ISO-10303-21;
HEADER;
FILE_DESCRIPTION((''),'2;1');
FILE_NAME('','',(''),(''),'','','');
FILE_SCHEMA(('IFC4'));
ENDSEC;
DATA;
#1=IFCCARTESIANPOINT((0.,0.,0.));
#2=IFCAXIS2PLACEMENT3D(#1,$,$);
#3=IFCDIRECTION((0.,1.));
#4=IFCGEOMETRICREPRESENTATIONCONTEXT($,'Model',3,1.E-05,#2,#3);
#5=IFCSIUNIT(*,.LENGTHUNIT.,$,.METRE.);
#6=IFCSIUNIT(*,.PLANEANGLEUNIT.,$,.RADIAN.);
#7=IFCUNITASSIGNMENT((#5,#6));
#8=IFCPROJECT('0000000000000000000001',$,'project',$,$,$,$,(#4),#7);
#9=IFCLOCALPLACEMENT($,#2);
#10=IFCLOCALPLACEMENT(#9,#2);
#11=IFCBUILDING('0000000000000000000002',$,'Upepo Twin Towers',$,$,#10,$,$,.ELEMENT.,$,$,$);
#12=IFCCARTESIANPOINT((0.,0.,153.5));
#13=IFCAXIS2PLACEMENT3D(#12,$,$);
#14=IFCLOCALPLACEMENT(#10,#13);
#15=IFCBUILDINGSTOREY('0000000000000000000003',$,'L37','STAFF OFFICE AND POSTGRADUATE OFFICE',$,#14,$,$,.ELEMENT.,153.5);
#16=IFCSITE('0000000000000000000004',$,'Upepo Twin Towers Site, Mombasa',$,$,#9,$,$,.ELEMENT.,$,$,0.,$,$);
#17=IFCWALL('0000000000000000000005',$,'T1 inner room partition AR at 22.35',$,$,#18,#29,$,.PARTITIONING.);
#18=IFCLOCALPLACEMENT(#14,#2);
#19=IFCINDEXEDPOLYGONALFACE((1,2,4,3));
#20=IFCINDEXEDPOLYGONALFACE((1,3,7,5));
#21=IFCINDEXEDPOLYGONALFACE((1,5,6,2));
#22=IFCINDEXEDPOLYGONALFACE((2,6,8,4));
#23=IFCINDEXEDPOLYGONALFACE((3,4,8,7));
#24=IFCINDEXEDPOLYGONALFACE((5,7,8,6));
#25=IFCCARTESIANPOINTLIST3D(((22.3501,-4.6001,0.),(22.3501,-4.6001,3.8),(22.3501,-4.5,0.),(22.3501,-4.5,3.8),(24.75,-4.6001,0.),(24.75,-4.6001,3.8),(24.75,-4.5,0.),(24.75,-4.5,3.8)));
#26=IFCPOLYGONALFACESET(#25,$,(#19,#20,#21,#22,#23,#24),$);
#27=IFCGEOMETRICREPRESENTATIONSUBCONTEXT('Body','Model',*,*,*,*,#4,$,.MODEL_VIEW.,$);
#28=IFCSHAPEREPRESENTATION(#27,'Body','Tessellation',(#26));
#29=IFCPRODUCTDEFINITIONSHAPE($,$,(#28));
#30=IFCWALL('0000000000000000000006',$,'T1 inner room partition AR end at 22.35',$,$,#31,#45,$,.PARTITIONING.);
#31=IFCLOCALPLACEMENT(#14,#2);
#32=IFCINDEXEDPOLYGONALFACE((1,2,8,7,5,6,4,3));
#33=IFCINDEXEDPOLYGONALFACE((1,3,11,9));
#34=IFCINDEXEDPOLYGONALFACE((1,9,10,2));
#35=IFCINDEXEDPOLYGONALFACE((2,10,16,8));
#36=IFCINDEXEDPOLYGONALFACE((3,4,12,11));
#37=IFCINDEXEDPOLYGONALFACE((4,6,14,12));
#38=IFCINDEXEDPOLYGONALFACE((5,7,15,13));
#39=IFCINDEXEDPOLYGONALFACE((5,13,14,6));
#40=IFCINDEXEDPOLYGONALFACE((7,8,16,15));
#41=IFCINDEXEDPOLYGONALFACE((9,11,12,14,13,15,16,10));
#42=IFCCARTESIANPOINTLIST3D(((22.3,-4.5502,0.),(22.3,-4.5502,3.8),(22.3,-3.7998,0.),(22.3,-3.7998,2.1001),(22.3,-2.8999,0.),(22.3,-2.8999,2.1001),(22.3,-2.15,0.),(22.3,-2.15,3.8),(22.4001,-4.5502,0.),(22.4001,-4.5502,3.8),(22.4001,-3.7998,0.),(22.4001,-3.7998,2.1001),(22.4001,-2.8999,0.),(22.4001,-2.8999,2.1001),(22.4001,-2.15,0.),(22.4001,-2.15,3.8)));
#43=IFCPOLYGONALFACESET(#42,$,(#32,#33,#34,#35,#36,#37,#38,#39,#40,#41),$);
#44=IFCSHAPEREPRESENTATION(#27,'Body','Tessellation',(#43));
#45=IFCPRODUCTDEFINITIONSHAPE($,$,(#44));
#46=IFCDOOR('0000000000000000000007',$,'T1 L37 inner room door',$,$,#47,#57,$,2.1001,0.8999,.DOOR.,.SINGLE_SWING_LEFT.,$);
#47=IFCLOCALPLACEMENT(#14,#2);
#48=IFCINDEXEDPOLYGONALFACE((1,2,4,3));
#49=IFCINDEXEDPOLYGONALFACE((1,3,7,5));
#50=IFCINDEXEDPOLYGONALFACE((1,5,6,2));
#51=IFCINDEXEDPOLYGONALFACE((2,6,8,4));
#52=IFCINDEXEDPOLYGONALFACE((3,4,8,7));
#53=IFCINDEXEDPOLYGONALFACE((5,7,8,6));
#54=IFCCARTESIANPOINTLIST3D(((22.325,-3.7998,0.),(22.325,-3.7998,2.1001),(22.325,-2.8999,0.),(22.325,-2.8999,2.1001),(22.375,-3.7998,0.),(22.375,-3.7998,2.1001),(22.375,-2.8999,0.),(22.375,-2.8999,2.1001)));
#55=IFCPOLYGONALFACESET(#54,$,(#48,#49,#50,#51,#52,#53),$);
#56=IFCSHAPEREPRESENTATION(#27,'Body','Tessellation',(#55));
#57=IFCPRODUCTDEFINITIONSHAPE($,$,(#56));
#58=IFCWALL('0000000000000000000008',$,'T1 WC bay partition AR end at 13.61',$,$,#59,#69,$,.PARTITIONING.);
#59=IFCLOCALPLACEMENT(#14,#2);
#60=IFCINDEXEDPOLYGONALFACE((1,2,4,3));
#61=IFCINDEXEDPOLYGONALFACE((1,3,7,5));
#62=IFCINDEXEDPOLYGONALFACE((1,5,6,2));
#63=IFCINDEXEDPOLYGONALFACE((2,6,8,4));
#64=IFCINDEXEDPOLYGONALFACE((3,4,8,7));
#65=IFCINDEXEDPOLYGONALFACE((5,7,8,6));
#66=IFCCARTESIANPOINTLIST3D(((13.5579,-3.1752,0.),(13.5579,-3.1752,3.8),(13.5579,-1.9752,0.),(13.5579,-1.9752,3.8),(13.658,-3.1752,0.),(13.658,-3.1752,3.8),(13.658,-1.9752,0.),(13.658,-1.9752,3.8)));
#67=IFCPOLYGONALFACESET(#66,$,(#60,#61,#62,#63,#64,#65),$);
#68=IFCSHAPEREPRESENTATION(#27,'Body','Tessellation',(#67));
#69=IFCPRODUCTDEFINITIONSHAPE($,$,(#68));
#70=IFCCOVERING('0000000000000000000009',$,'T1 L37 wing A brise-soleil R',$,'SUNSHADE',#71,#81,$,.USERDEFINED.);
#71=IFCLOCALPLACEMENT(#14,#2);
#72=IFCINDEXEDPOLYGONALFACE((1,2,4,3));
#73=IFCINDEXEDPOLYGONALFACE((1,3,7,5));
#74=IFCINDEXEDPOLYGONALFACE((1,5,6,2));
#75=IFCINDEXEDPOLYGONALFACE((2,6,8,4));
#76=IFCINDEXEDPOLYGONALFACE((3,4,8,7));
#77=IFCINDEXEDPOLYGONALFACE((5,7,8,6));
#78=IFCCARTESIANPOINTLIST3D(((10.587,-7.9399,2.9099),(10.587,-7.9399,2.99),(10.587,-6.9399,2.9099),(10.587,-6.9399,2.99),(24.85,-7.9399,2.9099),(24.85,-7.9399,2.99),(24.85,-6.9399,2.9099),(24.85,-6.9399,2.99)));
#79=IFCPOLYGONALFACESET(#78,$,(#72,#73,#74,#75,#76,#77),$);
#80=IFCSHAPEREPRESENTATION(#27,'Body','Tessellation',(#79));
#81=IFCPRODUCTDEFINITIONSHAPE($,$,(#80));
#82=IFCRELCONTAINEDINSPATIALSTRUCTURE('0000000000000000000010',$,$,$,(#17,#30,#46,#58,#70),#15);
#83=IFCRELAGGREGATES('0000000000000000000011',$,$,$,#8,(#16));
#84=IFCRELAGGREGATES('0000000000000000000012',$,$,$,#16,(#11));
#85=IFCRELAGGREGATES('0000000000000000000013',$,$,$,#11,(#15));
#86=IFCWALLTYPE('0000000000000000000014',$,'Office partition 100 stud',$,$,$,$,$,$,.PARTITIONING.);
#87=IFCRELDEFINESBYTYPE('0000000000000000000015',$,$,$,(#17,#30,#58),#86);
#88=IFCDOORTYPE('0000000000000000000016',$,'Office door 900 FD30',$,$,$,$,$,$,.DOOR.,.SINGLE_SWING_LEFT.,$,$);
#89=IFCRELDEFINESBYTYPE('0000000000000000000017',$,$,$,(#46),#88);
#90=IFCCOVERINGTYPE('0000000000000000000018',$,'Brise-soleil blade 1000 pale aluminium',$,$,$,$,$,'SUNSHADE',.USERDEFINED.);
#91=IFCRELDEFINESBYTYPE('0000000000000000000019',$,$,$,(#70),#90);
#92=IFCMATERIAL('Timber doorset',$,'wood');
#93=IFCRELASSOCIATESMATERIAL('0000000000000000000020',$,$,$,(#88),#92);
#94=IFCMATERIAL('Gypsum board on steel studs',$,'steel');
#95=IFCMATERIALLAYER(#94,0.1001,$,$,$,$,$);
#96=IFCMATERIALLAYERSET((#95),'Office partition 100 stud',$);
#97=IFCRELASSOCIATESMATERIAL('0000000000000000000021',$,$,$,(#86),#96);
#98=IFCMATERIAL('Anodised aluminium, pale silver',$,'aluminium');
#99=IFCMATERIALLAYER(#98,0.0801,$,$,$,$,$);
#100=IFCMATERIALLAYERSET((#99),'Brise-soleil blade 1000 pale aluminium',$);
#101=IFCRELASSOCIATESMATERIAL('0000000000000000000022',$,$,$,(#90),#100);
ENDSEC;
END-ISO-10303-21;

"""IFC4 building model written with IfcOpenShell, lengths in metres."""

from ifc_helpers import new_model, si_unit, direction, frame, frame_2d, origin, origin_2d, place, context, subcontext, project, spatial, rectangle, extrude, material, layer, layer_set, type_object, element, fill, save


model = new_model("IFC4")

# Units and contexts
model_context = context("Model", 3, precision=1e-05, world=origin(), true_north=direction((0.0, 1.0)))
body_context = subcontext(model_context, "Body", "Model", "MODEL_VIEW")
ifc_project = project(units=[si_unit("LENGTHUNIT", "METRE"), si_unit("PLANEANGLEUNIT", "RADIAN")], contexts=[model_context])

# Site, building, storey
site_placement = place(None, origin())
site = spatial("IfcSite", under=ifc_project, at=site_placement, Name="Upepo Twin Towers Site, Mombasa", CompositionType="ELEMENT", RefElevation=0.0)
building_placement = place(site_placement, origin())
building = spatial("IfcBuilding", under=site, at=building_placement, Name="Upepo Twin Towers", CompositionType="ELEMENT")
storey_placement = place(building_placement, frame((0.0, 0.0, 153.5)))
storey = spatial("IfcBuildingStorey", under=building, at=storey_placement, Name="L37", Description="STAFF OFFICE AND POSTGRADUATE OFFICE", CompositionType="ELEMENT", Elevation=153.5)

# Shared definitions
ifc_material_1 = material(Name="Timber doorset", Category="wood")
door_type_1 = type_object("IfcDoorType", Name="Office door 900 FD30", OperationType="SINGLE_SWING_LEFT", PredefinedType="DOOR", material=ifc_material_1)

# Wall
ifc_material_2 = material(Name="Gypsum board on steel studs", Category="steel")
ifc_layer_1 = layer(ifc_material_2, 0.1001)
ifc_layer_set_1 = layer_set([ifc_layer_1], Name="Office partition 100 stud")
wall_type_1 = type_object("IfcWallType", Name="Office partition 100 stud", PredefinedType="PARTITIONING", material=ifc_layer_set_1)
wall_1_placement = place(storey_placement, frame((22.3501, -4.55, 0.0), z_axis=(0.0, 0.0, 1.0), x_axis=(1.0, 0.0, 0.0)))
element("IfcWall", 1, at=wall_1_placement, inside=storey, type_object=wall_type_1, Name="T1 inner room partition AR at 22.35", PredefinedType="PARTITIONING", context=body_context, shape_type="SweptSolid", body=[
    extrude(rectangle(XDim=2.3999, YDim=0.1001, at=frame_2d((1.2, 0.0))), origin(), (0.0, 0.0, 1.0), 3.8),
])

# Wall, opening, door
wall_2_placement = place(storey_placement, frame((22.3501, -2.1499, 0.0), z_axis=(0.0, 0.0, 1.0), x_axis=(0.0, -1.0, 0.0)))
wall_2 = element("IfcWall", 2, at=wall_2_placement, inside=storey, type_object=wall_type_1, Name="T1 inner room partition AR end at 22.35", PredefinedType="PARTITIONING", context=body_context, shape_type="SweptSolid", body=[
    extrude(rectangle(XDim=2.4001, YDim=0.1001, at=frame_2d((1.2002, 0.0))), origin(), (0.0, 0.0, 1.0), 3.8),
])
opening_1_placement = place(wall_2_placement, frame((0.75, 0.0, 0.0)))
opening_1 = element("IfcOpeningElement", 3, at=opening_1_placement, cuts=wall_2, PredefinedType="OPENING", context=body_context, shape_type="SweptSolid", body=[
    extrude(rectangle(XDim=0.8999, YDim=2.1001, at=frame_2d((0.45, 1.05))), frame((0.0, 0.0601, 0.0), z_axis=(0.0, -1.0, 0.0), x_axis=(1.0, 0.0, 0.0)), (0.0, 0.0, 1.0), 0.1201),
])
door_1_placement = place(opening_1_placement, origin())
door_1 = element("IfcDoor", 4, at=door_1_placement, inside=storey, type_object=door_type_1, Name="T1 L37 inner room door", OperationType="SINGLE_SWING_LEFT", OverallHeight=2.1001, OverallWidth=0.8999, PredefinedType="DOOR", context=body_context, shape_type="SweptSolid", body=[
    extrude(rectangle(XDim=0.8999, YDim=2.1001, at=frame_2d((0.45, 1.05))), frame((0.0, 0.0249, 0.0), z_axis=(0.0, -1.0, 0.0), x_axis=(1.0, 0.0, 0.0)), (0.0, 0.0, 1.0), 0.05),
])
fill(opening_1, door_1)

# Wall
wall_3_placement = place(storey_placement, frame((13.6079, -1.9751, 0.0), z_axis=(0.0, 0.0, 1.0), x_axis=(0.0, -1.0, 0.0)))
element("IfcWall", 5, at=wall_3_placement, inside=storey, type_object=wall_type_1, Name="T1 WC bay partition AR end at 13.61", PredefinedType="PARTITIONING", context=body_context, shape_type="SweptSolid", body=[
    extrude(rectangle(XDim=1.2, YDim=0.1001, at=frame_2d((0.6001, 0.0))), origin(), (0.0, 0.0, 1.0), 3.8),
])

# Covering
ifc_material_3 = material(Name="Anodised aluminium, pale silver", Category="aluminium")
ifc_layer_2 = layer(ifc_material_3, 0.0801)
ifc_layer_set_2 = layer_set([ifc_layer_2], Name="Brise-soleil blade 1000 pale aluminium")
covering_type = type_object("IfcCoveringType", Name="Brise-soleil blade 1000 pale aluminium", ElementType="SUNSHADE", PredefinedType="USERDEFINED", material=ifc_layer_set_2)
covering_placement = place(storey_placement, frame((17.7185, -7.4399, 2.9099), z_axis=(0.0, 0.0, 1.0), x_axis=(1.0, 0.0, 0.0)))
element("IfcCovering", 6, at=covering_placement, inside=storey, type_object=covering_type, Name="T1 L37 wing A brise-soleil R", ObjectType="SUNSHADE", PredefinedType="USERDEFINED", context=body_context, shape_type="SweptSolid", body=[
    extrude(rectangle(XDim=14.2629, YDim=1.0, at=origin_2d()), origin(), (0.0, 0.0, 1.0), 0.0801),
])

save(model, "model.ifc")
